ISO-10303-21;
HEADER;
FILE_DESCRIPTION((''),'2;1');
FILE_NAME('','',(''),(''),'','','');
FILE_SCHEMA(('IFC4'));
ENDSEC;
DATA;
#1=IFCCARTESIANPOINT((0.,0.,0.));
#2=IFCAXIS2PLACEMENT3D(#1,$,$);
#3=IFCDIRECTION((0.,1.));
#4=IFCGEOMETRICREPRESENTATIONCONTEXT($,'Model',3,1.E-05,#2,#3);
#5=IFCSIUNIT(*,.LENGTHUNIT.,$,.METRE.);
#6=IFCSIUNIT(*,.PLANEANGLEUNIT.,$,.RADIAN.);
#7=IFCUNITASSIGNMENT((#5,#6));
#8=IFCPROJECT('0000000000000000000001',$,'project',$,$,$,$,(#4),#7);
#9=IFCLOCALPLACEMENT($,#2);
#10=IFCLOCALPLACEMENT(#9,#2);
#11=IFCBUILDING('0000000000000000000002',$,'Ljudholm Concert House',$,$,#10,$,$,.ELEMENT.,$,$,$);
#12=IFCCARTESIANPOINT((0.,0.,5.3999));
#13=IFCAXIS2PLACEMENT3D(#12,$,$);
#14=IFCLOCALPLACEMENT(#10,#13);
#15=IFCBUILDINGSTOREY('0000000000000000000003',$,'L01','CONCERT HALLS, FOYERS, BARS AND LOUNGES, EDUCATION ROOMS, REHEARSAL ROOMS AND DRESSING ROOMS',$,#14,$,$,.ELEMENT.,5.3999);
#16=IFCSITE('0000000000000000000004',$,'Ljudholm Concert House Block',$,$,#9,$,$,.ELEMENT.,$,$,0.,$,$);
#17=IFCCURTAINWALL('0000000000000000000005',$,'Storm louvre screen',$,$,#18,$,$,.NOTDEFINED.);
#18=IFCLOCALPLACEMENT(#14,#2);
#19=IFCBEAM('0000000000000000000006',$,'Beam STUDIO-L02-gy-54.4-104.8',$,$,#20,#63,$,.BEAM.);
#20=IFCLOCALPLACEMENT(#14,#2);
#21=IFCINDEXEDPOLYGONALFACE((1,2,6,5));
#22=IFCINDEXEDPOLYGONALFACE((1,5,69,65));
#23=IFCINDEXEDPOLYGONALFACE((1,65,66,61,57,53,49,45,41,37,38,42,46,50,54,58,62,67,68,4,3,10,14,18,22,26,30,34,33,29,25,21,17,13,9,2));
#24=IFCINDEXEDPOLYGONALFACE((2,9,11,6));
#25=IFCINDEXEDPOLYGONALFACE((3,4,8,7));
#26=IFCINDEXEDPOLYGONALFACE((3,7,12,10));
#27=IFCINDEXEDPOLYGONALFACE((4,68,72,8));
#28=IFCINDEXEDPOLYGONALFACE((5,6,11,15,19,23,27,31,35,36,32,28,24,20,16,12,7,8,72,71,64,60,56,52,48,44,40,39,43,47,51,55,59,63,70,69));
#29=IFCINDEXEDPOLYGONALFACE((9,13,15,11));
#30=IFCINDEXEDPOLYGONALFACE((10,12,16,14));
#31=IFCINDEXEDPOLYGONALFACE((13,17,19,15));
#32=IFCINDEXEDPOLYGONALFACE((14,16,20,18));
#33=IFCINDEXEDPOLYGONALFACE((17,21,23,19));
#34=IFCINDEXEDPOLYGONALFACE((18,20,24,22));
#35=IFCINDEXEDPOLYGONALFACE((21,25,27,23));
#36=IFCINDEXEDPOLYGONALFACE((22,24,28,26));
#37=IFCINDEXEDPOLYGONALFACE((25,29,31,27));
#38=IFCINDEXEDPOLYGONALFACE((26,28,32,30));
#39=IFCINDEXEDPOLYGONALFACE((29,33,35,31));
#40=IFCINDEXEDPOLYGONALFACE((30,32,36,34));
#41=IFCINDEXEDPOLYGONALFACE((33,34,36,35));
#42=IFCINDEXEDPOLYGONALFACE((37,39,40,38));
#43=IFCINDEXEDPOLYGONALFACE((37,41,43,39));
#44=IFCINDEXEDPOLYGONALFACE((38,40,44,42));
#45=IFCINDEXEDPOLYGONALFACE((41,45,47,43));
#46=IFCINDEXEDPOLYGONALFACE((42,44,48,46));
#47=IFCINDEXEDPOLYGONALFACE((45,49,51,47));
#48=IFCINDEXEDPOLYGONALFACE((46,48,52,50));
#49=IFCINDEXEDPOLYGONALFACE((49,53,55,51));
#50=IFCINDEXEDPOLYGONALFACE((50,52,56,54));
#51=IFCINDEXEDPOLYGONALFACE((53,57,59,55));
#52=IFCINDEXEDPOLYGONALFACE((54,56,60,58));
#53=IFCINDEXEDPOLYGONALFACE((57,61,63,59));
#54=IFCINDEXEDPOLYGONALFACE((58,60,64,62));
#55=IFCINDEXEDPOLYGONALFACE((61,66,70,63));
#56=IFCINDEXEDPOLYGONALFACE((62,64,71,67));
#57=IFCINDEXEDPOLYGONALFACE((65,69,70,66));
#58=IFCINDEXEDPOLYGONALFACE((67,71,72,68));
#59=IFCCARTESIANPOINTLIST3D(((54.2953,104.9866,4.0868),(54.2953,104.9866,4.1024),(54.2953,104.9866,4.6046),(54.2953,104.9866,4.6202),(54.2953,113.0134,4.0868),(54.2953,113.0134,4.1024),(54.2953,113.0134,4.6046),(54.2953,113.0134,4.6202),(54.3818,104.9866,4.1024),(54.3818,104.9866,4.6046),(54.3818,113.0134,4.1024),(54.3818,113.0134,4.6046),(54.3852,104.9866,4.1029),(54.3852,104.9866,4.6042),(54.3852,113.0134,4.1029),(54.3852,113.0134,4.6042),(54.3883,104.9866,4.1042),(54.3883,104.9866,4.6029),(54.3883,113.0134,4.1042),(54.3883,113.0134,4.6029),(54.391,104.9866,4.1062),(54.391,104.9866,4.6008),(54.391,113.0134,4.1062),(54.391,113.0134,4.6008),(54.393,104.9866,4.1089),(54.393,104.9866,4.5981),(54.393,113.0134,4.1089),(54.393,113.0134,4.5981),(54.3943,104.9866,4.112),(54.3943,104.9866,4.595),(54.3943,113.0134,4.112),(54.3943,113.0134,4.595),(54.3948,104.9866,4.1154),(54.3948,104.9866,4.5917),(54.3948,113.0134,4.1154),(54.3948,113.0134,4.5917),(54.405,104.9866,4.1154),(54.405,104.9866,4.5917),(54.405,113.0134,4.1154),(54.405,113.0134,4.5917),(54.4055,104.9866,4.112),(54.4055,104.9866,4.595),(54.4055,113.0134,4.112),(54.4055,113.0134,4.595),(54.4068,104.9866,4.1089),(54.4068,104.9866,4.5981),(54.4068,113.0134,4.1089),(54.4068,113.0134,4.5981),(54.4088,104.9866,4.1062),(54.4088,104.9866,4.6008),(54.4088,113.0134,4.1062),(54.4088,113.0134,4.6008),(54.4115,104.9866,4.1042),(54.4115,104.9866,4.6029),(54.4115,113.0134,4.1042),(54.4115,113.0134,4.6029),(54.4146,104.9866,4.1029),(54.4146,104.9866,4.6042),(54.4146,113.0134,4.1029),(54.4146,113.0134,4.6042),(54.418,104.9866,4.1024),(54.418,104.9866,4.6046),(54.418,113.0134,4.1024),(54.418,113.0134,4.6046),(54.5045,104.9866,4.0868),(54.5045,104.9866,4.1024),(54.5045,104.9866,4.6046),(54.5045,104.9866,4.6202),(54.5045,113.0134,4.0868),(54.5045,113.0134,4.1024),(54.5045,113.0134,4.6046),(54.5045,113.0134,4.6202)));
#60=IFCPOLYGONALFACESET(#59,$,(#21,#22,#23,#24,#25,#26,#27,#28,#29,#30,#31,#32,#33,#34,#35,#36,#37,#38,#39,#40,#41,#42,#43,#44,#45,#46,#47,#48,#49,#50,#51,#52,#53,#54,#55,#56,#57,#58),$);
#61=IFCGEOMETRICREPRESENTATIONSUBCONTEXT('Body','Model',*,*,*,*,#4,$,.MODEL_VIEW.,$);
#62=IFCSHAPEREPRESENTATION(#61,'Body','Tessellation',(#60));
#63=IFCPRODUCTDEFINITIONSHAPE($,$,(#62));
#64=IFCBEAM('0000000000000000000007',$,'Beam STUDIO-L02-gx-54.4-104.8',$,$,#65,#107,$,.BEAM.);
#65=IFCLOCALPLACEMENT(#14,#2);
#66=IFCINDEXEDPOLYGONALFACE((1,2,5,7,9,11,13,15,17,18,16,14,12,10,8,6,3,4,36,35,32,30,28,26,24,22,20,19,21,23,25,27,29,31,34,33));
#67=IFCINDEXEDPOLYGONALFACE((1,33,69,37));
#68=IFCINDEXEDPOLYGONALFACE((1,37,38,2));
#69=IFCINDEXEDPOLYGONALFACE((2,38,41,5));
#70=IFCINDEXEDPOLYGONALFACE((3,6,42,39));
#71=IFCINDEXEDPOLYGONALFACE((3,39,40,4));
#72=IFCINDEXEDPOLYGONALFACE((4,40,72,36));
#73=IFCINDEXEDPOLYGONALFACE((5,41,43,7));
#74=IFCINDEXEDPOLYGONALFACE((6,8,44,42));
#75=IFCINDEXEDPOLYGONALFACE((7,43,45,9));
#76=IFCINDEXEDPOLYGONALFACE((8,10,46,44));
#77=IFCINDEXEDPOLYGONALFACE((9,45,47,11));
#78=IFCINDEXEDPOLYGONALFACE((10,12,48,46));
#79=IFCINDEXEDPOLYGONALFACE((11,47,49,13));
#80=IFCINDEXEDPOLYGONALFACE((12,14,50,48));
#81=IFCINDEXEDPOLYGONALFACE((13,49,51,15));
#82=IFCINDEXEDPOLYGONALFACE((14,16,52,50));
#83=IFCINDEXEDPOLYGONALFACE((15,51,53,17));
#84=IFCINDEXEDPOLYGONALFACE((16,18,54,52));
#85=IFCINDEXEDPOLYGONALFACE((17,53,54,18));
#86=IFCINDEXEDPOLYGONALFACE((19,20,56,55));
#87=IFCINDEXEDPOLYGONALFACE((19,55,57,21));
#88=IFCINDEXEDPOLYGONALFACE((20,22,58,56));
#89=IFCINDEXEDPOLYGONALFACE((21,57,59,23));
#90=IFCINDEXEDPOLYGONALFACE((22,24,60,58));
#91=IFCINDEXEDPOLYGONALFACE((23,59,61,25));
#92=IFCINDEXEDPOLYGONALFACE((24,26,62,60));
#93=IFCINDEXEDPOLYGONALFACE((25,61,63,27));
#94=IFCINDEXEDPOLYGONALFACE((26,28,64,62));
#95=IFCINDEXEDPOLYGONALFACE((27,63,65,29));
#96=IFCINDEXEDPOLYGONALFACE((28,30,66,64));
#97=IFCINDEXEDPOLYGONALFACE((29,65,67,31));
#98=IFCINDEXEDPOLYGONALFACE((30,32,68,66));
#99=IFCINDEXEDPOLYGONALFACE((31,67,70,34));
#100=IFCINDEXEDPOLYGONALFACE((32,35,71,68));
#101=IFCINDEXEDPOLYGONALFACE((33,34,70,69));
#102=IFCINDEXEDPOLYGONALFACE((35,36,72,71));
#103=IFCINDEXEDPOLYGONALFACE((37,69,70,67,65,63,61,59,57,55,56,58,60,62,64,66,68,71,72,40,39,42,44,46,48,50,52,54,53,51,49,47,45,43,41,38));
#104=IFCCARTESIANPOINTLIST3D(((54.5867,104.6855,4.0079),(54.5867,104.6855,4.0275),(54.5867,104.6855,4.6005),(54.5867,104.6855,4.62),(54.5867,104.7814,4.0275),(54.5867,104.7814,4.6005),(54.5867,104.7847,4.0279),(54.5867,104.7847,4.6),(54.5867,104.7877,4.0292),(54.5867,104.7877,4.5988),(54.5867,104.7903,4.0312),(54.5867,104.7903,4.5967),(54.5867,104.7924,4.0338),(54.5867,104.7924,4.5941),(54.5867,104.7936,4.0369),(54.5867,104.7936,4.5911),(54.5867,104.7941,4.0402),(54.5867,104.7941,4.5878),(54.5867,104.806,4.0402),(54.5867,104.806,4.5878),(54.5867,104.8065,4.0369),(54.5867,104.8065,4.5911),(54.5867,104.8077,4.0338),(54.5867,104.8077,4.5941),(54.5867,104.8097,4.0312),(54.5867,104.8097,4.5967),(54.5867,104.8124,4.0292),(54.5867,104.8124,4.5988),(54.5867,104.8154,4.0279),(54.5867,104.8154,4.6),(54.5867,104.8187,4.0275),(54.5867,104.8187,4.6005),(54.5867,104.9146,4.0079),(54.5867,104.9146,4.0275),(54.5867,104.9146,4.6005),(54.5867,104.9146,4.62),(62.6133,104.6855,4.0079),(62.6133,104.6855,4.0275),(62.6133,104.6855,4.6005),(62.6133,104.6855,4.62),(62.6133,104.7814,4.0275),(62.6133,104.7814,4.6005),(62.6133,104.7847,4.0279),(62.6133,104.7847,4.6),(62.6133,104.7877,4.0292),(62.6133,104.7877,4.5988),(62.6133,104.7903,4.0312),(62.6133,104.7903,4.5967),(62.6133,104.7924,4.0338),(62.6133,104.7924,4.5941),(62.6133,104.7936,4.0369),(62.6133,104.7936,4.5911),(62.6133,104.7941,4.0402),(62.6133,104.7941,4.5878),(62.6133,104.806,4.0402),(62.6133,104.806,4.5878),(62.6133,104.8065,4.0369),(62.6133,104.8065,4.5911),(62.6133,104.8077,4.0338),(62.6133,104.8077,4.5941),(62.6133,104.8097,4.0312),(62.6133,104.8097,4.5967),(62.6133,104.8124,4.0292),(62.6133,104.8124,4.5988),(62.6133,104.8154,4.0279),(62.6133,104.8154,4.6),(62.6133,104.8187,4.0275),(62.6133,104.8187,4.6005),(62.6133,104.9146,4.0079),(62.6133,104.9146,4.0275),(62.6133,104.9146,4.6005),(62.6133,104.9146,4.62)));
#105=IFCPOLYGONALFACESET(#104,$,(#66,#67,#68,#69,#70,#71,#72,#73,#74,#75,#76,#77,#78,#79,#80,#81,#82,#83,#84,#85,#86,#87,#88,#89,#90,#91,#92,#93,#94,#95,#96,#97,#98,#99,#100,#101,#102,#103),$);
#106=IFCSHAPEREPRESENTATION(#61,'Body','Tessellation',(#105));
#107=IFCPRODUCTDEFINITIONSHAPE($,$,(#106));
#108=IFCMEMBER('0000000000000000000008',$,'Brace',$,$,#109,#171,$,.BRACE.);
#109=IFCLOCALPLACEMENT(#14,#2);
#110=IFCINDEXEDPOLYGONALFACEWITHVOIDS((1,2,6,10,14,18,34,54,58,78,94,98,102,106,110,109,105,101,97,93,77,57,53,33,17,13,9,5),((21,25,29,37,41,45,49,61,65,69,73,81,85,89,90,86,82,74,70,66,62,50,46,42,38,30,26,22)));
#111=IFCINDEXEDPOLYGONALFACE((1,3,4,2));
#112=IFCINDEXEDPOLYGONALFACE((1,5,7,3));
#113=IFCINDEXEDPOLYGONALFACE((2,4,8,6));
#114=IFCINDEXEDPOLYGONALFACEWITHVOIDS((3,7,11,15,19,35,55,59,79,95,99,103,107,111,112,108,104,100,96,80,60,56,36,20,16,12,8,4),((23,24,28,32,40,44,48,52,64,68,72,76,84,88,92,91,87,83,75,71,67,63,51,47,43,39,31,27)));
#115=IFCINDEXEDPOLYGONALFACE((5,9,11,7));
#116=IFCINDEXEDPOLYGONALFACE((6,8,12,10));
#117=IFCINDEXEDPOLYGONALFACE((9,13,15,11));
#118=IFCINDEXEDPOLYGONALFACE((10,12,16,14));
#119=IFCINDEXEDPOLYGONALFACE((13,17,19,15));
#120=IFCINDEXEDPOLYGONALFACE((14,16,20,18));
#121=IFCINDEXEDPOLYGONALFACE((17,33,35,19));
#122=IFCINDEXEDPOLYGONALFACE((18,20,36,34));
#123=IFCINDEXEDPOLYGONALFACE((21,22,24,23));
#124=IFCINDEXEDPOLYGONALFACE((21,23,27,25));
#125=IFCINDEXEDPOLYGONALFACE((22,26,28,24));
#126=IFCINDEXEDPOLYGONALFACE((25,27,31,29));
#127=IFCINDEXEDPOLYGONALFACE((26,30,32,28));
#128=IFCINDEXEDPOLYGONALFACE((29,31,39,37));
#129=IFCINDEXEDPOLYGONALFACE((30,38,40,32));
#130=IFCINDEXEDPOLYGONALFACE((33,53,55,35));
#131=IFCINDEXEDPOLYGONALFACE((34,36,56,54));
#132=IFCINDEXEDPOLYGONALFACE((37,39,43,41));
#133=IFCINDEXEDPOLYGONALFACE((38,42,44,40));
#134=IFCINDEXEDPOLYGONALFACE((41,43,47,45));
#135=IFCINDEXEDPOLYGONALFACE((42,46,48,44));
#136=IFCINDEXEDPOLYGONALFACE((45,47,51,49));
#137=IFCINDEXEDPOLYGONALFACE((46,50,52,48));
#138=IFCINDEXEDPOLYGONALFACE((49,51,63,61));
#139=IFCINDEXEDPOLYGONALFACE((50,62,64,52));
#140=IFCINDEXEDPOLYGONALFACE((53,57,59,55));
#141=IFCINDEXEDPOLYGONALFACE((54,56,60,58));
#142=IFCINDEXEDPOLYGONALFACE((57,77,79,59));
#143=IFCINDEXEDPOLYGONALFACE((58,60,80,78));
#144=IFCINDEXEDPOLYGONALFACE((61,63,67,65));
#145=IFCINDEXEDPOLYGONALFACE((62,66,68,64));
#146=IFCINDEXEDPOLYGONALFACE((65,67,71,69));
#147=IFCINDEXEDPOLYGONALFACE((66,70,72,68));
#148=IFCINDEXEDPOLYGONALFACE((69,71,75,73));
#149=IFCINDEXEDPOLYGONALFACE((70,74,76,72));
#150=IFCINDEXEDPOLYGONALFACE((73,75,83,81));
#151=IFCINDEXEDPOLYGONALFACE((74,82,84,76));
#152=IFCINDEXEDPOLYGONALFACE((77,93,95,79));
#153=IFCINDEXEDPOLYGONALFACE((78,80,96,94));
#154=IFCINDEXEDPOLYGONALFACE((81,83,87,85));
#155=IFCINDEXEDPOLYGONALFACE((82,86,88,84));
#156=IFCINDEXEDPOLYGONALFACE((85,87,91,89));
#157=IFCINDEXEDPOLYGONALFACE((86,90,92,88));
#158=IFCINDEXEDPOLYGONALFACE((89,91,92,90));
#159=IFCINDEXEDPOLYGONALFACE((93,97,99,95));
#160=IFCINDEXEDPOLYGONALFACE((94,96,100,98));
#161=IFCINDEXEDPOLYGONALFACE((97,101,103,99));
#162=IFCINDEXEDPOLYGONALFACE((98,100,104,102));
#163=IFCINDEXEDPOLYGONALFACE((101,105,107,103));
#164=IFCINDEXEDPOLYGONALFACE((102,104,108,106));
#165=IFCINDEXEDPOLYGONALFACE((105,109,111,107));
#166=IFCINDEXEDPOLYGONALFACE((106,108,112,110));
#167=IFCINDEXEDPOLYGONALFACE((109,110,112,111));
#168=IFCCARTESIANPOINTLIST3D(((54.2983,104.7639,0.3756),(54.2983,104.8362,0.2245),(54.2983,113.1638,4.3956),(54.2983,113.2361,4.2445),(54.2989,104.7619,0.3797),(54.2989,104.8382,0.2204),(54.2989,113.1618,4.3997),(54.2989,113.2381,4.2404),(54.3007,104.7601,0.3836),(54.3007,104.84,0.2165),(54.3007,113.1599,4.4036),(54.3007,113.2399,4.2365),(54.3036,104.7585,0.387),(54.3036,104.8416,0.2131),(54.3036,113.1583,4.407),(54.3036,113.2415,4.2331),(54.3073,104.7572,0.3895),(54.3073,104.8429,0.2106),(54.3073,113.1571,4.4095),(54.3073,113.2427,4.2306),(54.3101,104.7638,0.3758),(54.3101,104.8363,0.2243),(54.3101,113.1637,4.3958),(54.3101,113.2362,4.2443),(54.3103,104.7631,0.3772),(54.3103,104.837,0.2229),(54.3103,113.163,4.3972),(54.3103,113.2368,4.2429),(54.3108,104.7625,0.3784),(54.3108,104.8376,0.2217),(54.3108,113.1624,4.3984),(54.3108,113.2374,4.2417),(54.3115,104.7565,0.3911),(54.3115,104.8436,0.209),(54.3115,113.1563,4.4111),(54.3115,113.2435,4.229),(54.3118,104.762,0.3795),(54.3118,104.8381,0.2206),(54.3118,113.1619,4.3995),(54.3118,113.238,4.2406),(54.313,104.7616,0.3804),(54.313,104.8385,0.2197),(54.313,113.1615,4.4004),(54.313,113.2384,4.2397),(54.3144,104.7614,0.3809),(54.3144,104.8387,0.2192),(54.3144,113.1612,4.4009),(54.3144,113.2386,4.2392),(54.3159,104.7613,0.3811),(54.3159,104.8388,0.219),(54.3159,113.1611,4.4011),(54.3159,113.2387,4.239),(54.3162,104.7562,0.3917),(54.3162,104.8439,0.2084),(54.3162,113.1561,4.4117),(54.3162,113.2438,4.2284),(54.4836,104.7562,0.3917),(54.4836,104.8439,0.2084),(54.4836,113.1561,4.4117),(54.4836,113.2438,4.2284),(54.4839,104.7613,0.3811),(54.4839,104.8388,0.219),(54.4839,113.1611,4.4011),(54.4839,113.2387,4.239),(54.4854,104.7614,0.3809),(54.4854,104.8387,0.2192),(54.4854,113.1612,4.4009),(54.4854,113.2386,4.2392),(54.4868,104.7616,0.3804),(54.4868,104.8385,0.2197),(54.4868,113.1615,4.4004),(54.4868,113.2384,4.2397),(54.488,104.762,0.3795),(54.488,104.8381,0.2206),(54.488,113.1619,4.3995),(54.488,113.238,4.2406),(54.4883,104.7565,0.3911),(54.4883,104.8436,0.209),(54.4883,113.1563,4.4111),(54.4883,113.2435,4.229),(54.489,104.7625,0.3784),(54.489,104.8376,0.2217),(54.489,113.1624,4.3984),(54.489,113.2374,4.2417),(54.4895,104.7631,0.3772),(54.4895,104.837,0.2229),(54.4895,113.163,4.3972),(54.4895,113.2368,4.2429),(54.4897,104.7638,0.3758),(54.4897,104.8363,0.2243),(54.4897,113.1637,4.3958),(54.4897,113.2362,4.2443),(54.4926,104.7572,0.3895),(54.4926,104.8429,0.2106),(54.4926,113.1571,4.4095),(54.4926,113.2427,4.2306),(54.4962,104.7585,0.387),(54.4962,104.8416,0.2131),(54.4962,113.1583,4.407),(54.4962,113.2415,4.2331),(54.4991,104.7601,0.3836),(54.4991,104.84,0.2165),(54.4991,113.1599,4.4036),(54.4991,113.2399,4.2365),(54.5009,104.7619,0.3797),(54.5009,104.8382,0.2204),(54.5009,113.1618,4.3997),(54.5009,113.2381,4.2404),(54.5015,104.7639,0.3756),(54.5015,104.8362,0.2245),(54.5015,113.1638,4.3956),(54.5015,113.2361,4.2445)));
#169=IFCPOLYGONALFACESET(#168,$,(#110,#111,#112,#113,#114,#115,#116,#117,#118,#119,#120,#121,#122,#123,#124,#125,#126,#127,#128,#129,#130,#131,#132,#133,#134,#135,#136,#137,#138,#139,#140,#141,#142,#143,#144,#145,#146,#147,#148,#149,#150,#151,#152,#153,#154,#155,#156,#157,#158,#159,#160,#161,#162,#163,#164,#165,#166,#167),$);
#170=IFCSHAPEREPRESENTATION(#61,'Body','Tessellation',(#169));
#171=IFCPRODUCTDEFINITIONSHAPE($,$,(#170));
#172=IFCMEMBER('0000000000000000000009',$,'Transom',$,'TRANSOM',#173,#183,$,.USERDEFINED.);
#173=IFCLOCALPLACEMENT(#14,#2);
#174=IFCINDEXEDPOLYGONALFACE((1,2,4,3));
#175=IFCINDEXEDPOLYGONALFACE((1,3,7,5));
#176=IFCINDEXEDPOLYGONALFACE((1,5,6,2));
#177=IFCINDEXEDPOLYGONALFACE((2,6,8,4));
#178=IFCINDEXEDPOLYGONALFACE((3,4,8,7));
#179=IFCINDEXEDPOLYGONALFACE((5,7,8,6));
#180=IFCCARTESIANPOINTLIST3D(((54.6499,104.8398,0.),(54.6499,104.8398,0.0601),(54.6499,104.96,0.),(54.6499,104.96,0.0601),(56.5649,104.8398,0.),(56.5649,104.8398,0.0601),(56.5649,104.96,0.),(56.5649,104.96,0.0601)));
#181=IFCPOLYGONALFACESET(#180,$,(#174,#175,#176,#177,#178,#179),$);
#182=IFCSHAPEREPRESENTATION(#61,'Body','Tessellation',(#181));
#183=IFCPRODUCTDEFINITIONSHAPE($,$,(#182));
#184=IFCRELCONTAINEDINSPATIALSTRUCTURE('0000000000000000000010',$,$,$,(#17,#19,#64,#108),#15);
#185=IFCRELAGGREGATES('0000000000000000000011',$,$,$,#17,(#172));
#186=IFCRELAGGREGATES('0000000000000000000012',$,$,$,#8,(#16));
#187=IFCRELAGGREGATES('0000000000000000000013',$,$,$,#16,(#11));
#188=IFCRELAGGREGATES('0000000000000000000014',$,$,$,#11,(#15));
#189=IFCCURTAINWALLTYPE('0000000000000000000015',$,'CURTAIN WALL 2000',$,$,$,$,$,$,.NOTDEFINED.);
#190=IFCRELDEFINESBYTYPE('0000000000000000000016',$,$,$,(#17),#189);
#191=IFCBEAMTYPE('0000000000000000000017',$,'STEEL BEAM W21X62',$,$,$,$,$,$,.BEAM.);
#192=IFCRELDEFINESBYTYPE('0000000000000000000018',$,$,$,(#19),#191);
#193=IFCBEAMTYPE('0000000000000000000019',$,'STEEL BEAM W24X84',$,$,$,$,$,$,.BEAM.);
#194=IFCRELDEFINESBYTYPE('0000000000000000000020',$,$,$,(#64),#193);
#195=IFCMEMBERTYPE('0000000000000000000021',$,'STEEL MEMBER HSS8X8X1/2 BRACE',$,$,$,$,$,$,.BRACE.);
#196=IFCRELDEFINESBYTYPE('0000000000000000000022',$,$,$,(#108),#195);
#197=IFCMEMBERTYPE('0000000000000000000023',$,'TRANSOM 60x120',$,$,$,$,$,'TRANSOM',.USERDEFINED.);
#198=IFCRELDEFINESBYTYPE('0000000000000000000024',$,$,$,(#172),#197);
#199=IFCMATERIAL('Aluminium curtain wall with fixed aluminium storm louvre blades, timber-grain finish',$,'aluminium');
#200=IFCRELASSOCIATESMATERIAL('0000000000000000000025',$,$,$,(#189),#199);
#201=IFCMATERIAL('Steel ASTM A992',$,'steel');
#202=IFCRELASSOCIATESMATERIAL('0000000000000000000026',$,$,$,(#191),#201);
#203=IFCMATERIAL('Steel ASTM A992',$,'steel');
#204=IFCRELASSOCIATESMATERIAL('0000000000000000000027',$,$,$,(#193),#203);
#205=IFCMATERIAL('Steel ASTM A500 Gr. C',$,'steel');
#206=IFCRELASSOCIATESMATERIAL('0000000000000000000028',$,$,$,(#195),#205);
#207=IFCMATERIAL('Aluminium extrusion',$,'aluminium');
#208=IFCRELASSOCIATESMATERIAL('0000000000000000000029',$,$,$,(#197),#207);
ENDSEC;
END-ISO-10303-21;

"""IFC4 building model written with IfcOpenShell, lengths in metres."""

from ifc_helpers import new_model, si_unit, direction, frame, origin, origin_2d, place, context, subcontext, project, spatial, rectangle, hollow_rectangle, i_section, extrude, material, material_profile, profile_set, type_object, element, aggregate, save


model = new_model("IFC4")

# Units and contexts
model_context = context("Model", 3, precision=1e-05, world=origin(), true_north=direction((0.0, 1.0)))
body_context = subcontext(model_context, "Body", "Model", "MODEL_VIEW")
ifc_project = project(units=[si_unit("LENGTHUNIT", "METRE"), si_unit("PLANEANGLEUNIT", "RADIAN")], contexts=[model_context])

# Site, building, storey
site_placement = place(None, origin())
site = spatial("IfcSite", under=ifc_project, at=site_placement, Name="Ljudholm Concert House Block", CompositionType="ELEMENT", RefElevation=0.0)
building_placement = place(site_placement, origin())
building = spatial("IfcBuilding", under=site, at=building_placement, Name="Ljudholm Concert House", CompositionType="ELEMENT")
storey_placement = place(building_placement, frame((0.0, 0.0, 5.3999)))
storey = spatial("IfcBuildingStorey", under=building, at=storey_placement, Name="L01", Description="CONCERT HALLS, FOYERS, BARS AND LOUNGES, EDUCATION ROOMS, REHEARSAL ROOMS AND DRESSING ROOMS", CompositionType="ELEMENT", Elevation=5.3999)

# Curtain wall
ifc_material_1 = material(Name="Aluminium curtain wall with fixed aluminium storm louvre blades, timber-grain finish", Category="aluminium")
curtain_wall_type_1 = type_object("IfcCurtainWallType", Name="CURTAIN WALL 2000", PredefinedType="NOTDEFINED", material=ifc_material_1)
curtain_wall_1_placement = place(storey_placement, origin())
curtain_wall_1 = element("IfcCurtainWall", 1, at=curtain_wall_1_placement, inside=storey, type_object=curtain_wall_type_1, Name="Storm louvre screen", PredefinedType="NOTDEFINED")

# Beams
ifc_material_2 = material(Name="Steel ASTM A992", Category="steel")
ifc_material_profile_1 = material_profile(ifc_material_2, i_section(OverallWidth=0.2092, OverallDepth=0.5334, WebThickness=0.0103, FlangeThickness=0.0156, FilletRadius=0.0129, at=origin_2d()), Name="W21X62")
ifc_profile_set_1 = profile_set([ifc_material_profile_1], Name="Steel ASTM A992")
beam_type_1 = type_object("IfcBeamType", Name="STEEL BEAM W21X62", PredefinedType="BEAM", material=ifc_profile_set_1)
beam_1_placement = place(storey_placement, frame((54.3999, 104.9866, 4.3535), z_axis=(0.0, 1.0, 0.0), x_axis=(-1.0, 0.0, 0.0)))
element("IfcBeam", 2, at=beam_1_placement, inside=storey, type_object=beam_type_1, Name="Beam STUDIO-L02-gy-54.4-104.8", PredefinedType="BEAM", context=body_context, shape_type="SweptSolid", body=[
    extrude(i_section(OverallWidth=0.2092, OverallDepth=0.5334, WebThickness=0.0103, FlangeThickness=0.0156, FilletRadius=0.0129, at=origin_2d()), origin(), (0.0, 0.0, 1.0), 8.0269),
])
ifc_material_3 = material(Name="Steel ASTM A992", Category="steel")
ifc_material_profile_2 = material_profile(ifc_material_3, i_section(OverallWidth=0.229, OverallDepth=0.6121, WebThickness=0.012, FlangeThickness=0.0195, FilletRadius=0.0127, at=origin_2d()), Name="W24X84")
ifc_profile_set_2 = profile_set([ifc_material_profile_2], Name="Steel ASTM A992")
beam_type_2 = type_object("IfcBeamType", Name="STEEL BEAM W24X84", PredefinedType="BEAM", material=ifc_profile_set_2)
beam_2_placement = place(storey_placement, frame((54.5867, 104.8, 4.314), z_axis=(1.0, 0.0, 0.0), x_axis=(0.0, 1.0, 0.0)))
element("IfcBeam", 3, at=beam_2_placement, inside=storey, type_object=beam_type_2, Name="Beam STUDIO-L02-gx-54.4-104.8", PredefinedType="BEAM", context=body_context, shape_type="SweptSolid", body=[
    extrude(i_section(OverallWidth=0.229, OverallDepth=0.6121, WebThickness=0.012, FlangeThickness=0.0195, FilletRadius=0.0127, at=origin_2d()), origin(), (0.0, 0.0, 1.0), 8.0266),
])

# Members
ifc_material_4 = material(Name="Steel ASTM A500 Gr. C", Category="steel")
ifc_material_profile_3 = material_profile(ifc_material_4, hollow_rectangle(XDim=0.2031, YDim=0.2031, WallThickness=0.0117, InnerFilletRadius=0.0059, OuterFilletRadius=0.0178, at=origin_2d()), Name="HSS8X8X1/2")
ifc_profile_set_3 = profile_set([ifc_material_profile_3], Name="Steel ASTM A500 Gr. C")
member_type_1 = type_object("IfcMemberType", Name="STEEL MEMBER HSS8X8X1/2 BRACE", PredefinedType="BRACE", material=ifc_profile_set_3)
member_1_placement = place(storey_placement, frame((54.3999, 104.8, 0.3), z_axis=(0.0, 0.902022, 0.431689), x_axis=(-1.0, 0.0, 0.0)))
element("IfcMember", 4, at=member_1_placement, inside=storey, type_object=member_type_1, Name="Brace", PredefinedType="BRACE", context=body_context, shape_type="SweptSolid", body=[
    extrude(hollow_rectangle(XDim=0.2031, YDim=0.2031, WallThickness=0.0117, InnerFilletRadius=0.0059, OuterFilletRadius=0.0178, at=origin_2d()), origin(), (0.0, 0.0, 1.0), 9.3123),
])
ifc_material_5 = material(Name="Aluminium extrusion", Category="aluminium")
ifc_material_profile_4 = material_profile(ifc_material_5, rectangle(XDim=0.1201, YDim=0.0601, at=origin_2d()), Name="TRANSOM 60x120")
ifc_profile_set_4 = profile_set([ifc_material_profile_4], Name="Aluminium extrusion")
member_type_2 = type_object("IfcMemberType", Name="TRANSOM 60x120", ElementType="TRANSOM", PredefinedType="USERDEFINED", material=ifc_profile_set_4)
member_2_placement = place(storey_placement, frame((54.6499, 104.8999, 0.03), z_axis=(1.0, 0.0, 0.0), x_axis=(0.0, 1.0, 0.0)))
member_2 = element("IfcMember", 5, at=member_2_placement, type_object=member_type_2, Name="Transom", ObjectType="TRANSOM", PredefinedType="USERDEFINED", context=body_context, shape_type="SweptSolid", body=[
    extrude(rectangle(XDim=0.1201, YDim=0.0601, at=origin_2d()), origin(), (0.0, 0.0, 1.0), 1.915),
])

aggregate(curtain_wall_1, [member_2])

save(model, "model.ifc")
